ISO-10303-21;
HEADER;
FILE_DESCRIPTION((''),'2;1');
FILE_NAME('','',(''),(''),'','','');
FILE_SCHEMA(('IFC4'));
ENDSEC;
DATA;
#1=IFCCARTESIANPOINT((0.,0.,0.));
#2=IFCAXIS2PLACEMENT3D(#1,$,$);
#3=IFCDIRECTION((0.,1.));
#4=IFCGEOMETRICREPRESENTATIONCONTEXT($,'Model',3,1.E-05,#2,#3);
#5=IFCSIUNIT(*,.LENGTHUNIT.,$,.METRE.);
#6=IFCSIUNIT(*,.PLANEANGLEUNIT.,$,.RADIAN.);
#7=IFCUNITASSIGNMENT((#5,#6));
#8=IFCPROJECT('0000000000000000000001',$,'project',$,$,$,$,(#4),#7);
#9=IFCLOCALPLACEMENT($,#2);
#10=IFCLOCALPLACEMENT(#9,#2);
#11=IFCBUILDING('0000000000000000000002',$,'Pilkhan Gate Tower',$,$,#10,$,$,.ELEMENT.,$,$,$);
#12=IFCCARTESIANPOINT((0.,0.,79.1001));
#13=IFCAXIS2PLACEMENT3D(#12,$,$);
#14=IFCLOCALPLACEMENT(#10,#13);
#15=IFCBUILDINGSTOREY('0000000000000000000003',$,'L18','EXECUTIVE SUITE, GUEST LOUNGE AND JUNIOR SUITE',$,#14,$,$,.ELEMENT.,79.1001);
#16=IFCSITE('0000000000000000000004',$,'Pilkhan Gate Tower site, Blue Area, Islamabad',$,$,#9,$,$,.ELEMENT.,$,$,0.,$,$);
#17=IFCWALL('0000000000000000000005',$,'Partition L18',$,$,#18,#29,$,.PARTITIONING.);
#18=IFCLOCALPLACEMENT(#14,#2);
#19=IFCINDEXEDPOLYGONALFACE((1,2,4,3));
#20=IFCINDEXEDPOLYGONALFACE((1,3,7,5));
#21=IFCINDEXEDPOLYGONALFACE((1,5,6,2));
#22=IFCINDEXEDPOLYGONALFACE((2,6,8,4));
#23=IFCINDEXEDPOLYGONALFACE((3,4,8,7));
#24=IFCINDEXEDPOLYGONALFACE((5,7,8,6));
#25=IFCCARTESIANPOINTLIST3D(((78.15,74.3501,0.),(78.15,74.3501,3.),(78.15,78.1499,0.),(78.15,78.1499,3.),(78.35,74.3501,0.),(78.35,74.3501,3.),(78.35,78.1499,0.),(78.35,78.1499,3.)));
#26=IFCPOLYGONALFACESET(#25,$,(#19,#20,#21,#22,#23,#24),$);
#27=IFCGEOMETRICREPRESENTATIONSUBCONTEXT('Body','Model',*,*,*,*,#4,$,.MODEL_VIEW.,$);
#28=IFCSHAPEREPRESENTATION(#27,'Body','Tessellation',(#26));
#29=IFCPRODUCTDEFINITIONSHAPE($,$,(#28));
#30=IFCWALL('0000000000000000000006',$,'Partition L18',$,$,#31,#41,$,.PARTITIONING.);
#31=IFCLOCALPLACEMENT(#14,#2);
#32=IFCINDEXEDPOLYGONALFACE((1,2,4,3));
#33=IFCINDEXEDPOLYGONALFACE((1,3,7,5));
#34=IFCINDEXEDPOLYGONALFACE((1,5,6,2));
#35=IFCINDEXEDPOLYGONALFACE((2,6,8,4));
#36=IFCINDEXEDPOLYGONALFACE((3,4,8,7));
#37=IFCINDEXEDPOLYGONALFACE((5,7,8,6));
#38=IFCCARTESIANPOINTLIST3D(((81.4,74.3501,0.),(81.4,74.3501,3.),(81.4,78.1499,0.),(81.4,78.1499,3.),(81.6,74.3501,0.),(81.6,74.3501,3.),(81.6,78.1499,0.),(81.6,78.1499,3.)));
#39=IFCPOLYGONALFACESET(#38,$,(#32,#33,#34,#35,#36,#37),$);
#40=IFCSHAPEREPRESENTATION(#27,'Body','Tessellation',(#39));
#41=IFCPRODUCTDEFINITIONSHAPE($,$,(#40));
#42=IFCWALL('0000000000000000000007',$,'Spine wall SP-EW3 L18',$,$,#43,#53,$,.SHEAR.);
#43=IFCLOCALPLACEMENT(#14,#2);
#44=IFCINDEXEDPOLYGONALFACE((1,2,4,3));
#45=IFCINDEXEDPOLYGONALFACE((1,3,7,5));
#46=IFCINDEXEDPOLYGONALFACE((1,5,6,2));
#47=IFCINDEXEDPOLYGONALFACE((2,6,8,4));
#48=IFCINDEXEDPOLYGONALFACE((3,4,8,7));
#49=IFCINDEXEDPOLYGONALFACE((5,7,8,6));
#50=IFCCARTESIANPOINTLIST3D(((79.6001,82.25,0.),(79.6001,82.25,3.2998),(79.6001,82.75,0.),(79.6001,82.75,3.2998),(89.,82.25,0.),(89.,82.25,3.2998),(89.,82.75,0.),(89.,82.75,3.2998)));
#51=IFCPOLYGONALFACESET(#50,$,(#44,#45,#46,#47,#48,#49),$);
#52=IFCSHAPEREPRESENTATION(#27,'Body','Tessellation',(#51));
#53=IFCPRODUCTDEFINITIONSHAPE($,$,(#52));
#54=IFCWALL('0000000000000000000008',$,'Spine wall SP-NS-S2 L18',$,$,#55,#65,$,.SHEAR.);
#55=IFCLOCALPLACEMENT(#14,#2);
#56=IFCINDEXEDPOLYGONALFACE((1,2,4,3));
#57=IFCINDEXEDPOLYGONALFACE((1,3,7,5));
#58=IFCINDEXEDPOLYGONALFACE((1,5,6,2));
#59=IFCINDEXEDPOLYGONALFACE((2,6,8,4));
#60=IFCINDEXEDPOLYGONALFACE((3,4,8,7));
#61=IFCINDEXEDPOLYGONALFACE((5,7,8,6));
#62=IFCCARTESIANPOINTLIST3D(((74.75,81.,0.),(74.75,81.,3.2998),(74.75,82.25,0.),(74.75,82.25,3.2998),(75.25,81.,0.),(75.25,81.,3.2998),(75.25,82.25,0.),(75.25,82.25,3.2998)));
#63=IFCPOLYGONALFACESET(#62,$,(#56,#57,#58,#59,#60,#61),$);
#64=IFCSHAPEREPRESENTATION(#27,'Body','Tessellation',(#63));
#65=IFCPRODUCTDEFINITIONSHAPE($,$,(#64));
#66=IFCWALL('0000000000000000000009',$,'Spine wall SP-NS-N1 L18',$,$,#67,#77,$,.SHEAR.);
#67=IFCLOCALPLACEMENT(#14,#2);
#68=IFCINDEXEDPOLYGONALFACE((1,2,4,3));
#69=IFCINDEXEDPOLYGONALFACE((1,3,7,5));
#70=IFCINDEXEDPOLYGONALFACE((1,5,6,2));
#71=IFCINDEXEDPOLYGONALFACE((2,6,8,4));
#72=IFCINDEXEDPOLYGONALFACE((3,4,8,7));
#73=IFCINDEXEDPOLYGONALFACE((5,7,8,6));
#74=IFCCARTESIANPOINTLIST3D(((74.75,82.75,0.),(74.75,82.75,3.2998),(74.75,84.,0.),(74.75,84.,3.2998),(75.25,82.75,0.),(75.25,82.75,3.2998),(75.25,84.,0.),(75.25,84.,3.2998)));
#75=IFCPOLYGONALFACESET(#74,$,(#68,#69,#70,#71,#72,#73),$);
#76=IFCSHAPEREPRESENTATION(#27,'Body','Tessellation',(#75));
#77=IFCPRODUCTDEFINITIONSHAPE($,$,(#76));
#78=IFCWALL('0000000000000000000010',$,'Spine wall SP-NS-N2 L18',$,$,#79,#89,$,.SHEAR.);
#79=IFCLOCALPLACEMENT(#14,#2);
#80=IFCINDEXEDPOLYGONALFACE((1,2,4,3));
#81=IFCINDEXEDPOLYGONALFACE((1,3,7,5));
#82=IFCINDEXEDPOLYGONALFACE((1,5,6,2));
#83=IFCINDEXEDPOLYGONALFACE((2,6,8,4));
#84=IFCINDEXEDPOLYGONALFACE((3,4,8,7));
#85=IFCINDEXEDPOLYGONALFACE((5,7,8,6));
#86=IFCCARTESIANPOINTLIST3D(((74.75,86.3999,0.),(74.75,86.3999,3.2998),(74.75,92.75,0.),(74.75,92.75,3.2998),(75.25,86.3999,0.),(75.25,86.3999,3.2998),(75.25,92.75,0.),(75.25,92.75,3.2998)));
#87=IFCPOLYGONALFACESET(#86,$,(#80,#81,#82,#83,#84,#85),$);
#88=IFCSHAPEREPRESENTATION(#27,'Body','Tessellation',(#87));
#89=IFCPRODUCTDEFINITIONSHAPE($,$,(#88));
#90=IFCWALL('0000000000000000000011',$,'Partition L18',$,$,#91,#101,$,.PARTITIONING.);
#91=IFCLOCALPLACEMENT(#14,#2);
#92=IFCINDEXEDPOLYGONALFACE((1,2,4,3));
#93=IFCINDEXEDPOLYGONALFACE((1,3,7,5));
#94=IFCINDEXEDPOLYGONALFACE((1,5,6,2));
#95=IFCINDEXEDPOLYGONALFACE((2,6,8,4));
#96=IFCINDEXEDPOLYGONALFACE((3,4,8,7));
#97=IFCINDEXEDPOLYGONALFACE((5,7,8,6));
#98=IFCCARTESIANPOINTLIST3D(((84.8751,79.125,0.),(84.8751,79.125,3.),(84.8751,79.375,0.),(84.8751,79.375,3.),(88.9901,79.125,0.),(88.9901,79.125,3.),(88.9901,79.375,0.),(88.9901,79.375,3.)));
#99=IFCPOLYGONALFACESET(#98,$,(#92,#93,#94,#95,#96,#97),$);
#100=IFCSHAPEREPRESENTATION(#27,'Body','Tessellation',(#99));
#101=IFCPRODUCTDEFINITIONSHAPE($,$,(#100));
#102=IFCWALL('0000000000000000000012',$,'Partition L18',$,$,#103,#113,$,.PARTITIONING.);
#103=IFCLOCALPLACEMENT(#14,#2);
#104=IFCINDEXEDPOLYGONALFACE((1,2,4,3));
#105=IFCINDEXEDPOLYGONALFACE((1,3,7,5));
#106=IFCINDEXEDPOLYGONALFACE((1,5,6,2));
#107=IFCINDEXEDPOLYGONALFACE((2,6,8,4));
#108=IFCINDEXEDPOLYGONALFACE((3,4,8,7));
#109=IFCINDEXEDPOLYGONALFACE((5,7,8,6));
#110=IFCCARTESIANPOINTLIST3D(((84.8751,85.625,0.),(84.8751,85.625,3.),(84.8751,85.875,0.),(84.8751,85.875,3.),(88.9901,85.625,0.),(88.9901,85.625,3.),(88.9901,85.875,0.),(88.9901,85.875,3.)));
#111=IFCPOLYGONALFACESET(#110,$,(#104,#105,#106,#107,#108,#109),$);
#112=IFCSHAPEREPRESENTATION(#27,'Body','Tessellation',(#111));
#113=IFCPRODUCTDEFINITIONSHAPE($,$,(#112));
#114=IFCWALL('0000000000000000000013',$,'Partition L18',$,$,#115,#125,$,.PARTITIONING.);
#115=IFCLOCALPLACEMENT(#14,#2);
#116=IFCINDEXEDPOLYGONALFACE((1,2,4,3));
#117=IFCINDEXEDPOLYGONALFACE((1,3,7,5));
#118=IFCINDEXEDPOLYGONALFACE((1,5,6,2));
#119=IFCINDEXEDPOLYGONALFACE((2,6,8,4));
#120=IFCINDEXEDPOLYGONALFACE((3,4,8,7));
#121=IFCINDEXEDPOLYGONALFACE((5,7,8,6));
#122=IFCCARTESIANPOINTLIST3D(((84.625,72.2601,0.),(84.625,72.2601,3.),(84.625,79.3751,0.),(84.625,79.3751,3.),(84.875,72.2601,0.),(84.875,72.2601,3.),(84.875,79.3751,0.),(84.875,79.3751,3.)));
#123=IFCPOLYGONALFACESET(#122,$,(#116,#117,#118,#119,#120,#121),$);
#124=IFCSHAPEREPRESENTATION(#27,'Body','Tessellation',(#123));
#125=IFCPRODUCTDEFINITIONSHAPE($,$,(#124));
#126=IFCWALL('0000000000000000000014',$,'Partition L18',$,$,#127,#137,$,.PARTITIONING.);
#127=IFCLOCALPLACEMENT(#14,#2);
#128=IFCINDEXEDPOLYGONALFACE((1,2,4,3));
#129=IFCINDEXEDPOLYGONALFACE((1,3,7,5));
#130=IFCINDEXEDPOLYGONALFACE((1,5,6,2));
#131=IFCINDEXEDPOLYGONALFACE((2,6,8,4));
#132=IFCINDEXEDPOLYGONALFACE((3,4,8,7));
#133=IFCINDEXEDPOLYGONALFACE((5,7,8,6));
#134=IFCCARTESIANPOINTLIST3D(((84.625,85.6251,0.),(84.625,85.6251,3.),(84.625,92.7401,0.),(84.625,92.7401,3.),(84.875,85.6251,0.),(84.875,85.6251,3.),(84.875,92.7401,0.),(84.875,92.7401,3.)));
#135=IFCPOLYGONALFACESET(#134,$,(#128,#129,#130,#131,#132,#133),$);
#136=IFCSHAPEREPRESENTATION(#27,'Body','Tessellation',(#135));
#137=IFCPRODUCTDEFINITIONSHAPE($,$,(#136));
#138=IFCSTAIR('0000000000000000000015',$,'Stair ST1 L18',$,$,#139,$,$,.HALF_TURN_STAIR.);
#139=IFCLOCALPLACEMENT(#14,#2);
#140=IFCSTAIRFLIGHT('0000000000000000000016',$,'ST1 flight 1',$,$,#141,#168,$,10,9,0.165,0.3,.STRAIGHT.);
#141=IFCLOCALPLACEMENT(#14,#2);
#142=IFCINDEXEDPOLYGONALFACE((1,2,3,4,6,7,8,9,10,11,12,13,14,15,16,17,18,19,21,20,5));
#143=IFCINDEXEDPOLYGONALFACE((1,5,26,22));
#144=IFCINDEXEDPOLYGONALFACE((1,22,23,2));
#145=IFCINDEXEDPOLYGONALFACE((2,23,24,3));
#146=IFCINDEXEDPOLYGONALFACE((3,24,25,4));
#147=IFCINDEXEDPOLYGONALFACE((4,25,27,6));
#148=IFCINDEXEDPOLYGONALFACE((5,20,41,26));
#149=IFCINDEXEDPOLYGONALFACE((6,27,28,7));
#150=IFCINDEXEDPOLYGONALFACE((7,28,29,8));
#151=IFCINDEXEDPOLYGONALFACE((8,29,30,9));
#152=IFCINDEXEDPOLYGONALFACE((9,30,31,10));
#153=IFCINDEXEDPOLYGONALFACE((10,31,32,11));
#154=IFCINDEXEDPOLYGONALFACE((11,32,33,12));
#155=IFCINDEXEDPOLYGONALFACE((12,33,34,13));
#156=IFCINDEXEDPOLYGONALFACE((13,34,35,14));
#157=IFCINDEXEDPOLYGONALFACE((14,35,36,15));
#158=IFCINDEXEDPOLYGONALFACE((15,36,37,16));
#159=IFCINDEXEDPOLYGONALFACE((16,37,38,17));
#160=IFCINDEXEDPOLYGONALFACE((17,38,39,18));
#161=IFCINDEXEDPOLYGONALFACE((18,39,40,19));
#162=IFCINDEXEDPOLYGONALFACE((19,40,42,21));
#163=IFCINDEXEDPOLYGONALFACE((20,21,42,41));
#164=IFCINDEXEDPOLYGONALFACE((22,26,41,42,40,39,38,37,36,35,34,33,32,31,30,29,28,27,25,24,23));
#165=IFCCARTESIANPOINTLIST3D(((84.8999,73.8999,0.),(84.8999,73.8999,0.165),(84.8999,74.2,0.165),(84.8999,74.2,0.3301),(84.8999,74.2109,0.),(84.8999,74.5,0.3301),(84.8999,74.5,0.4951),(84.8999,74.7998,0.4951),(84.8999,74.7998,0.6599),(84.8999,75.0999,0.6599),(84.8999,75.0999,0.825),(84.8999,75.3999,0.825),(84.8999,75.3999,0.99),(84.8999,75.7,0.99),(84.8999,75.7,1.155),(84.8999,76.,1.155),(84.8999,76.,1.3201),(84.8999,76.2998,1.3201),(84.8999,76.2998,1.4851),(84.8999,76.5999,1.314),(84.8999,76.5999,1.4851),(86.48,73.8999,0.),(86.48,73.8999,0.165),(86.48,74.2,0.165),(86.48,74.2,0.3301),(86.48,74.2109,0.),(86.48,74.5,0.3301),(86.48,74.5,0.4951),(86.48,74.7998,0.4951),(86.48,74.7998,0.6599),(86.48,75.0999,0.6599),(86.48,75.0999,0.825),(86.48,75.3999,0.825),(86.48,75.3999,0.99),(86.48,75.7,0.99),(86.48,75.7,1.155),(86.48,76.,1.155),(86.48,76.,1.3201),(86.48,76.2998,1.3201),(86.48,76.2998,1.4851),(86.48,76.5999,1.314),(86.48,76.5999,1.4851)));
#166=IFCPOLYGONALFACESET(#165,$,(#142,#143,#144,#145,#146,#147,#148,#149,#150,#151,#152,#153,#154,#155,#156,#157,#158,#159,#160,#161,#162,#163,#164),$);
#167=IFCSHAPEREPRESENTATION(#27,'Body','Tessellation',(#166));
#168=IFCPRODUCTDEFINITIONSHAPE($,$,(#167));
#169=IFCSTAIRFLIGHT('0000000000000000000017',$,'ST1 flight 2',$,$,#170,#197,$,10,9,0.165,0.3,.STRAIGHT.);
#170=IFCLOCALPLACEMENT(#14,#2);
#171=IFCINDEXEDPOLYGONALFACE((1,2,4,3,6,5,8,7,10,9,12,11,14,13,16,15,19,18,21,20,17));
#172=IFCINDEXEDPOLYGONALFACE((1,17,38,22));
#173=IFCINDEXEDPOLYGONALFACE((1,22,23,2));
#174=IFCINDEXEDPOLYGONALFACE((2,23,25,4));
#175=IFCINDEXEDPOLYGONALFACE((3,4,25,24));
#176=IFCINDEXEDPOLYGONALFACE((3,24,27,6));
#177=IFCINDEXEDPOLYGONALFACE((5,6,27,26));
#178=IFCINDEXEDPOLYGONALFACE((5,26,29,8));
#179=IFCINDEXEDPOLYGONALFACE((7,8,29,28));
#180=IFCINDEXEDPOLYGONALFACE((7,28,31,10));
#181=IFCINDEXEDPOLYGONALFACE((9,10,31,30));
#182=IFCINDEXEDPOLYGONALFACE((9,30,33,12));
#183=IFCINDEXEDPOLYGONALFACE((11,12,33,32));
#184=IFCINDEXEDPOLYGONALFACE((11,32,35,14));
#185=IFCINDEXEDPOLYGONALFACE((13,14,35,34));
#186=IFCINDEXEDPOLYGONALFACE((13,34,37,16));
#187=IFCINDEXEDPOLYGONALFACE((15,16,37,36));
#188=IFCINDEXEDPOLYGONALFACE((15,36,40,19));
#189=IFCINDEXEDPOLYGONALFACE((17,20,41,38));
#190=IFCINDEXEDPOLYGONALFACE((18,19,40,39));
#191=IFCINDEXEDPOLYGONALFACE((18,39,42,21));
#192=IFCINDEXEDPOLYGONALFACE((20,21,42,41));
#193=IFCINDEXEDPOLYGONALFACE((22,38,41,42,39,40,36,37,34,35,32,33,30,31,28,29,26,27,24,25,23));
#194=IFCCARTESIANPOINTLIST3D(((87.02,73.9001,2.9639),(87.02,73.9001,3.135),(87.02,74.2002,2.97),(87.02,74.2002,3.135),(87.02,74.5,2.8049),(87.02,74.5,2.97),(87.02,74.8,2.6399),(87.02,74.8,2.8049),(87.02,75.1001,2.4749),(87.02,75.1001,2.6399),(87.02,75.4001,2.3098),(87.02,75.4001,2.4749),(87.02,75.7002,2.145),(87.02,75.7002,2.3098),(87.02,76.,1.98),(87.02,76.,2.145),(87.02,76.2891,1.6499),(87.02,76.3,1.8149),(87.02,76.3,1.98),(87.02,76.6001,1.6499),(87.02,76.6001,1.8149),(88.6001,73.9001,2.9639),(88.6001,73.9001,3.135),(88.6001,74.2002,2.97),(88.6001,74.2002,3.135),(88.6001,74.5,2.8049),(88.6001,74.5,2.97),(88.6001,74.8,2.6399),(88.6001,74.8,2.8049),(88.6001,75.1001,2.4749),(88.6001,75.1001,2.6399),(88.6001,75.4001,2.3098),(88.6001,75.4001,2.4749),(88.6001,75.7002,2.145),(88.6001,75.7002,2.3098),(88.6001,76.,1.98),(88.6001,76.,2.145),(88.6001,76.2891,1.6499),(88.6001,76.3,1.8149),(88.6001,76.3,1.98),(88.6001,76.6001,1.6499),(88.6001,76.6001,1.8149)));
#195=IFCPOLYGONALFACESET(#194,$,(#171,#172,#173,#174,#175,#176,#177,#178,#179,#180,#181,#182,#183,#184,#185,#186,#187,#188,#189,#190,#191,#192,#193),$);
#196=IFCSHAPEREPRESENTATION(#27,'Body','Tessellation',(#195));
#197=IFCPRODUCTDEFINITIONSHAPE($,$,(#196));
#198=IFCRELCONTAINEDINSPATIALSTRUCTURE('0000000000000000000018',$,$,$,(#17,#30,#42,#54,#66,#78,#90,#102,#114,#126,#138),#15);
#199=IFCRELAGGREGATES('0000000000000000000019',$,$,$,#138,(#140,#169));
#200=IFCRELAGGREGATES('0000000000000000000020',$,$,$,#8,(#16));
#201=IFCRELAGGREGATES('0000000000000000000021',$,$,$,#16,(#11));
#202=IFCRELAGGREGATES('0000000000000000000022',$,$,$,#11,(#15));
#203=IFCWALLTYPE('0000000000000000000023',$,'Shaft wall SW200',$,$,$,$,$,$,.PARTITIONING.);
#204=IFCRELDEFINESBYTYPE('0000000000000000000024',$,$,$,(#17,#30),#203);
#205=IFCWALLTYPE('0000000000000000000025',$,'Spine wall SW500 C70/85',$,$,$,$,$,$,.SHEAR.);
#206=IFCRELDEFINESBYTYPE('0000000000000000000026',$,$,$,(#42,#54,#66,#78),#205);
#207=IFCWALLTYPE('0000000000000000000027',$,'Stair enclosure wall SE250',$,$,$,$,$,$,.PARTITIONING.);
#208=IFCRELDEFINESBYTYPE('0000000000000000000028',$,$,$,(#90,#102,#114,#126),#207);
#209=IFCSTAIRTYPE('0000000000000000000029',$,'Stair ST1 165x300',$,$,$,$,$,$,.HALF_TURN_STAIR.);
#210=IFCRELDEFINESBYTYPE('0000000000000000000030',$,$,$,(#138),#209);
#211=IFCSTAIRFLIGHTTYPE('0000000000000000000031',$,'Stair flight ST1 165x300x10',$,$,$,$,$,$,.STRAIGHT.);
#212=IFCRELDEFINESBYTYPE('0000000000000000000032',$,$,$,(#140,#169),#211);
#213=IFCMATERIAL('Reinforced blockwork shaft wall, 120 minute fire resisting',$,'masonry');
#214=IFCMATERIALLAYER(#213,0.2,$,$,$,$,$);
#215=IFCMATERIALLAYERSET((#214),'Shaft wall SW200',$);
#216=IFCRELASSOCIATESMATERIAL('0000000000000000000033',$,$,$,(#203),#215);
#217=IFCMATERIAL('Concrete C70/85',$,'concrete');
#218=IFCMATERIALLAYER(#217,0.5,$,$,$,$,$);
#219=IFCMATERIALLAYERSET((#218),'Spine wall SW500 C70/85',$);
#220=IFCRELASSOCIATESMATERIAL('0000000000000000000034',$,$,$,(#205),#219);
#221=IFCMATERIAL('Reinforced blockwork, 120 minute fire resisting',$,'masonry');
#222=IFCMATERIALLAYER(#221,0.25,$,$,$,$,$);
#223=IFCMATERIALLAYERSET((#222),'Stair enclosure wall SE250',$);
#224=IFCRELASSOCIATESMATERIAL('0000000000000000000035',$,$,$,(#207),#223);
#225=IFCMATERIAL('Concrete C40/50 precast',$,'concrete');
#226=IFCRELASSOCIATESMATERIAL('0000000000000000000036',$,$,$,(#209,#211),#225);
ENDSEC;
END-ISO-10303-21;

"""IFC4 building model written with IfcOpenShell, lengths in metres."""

from ifc_helpers import new_model, si_unit, direction, frame, frame_2d, origin, place, context, subcontext, project, spatial, polyline, rectangle, outline, extrude, material, layer, layer_set, type_object, element, aggregate, save


model = new_model("IFC4")

# Units and contexts
model_context = context("Model", 3, precision=1e-05, world=origin(), true_north=direction((0.0, 1.0)))
body_context = subcontext(model_context, "Body", "Model", "MODEL_VIEW")
ifc_project = project(units=[si_unit("LENGTHUNIT", "METRE"), si_unit("PLANEANGLEUNIT", "RADIAN")], contexts=[model_context])

# Site, building, storey
site_placement = place(None, origin())
site = spatial("IfcSite", under=ifc_project, at=site_placement, Name="Pilkhan Gate Tower site, Blue Area, Islamabad", CompositionType="ELEMENT", RefElevation=0.0)
building_placement = place(site_placement, origin())
building = spatial("IfcBuilding", under=site, at=building_placement, Name="Pilkhan Gate Tower", CompositionType="ELEMENT")
storey_placement = place(building_placement, frame((0.0, 0.0, 79.1001)))
storey = spatial("IfcBuildingStorey", under=building, at=storey_placement, Name="L18", Description="EXECUTIVE SUITE, GUEST LOUNGE AND JUNIOR SUITE", CompositionType="ELEMENT", Elevation=79.1001)

# Shared definitions
ifc_material_1 = material(Name="Concrete C70/85", Category="concrete")

# Shared definitions
ifc_material_2 = material(Name="Reinforced blockwork shaft wall, 120 minute fire resisting", Category="masonry")
ifc_layer_1 = layer(ifc_material_2, 0.2)
ifc_layer_set_1 = layer_set([ifc_layer_1], Name="Shaft wall SW200")
wall_type_1 = type_object("IfcWallType", Name="Shaft wall SW200", PredefinedType="PARTITIONING", material=ifc_layer_set_1)

# Walls
for number, where, z_axis, x_axis, name in (
    (1, (78.25, 74.3501, 0.0), (0.0, 0.0, 1.0), (0.0, 1.0, 0.0), "Partition L18"),
    (2, (81.5, 74.3501, 0.0), (0.0, 0.0, 1.0), (0.0, 1.0, 0.0), "Partition L18"),
):
    element("IfcWall", number, at=place(storey_placement, frame(where, z_axis=z_axis, x_axis=x_axis)), inside=storey, type_object=wall_type_1, Name=name, PredefinedType="PARTITIONING", context=body_context, shape_type="SweptSolid", body=[
        extrude(rectangle(XDim=3.7998, YDim=0.2, at=frame_2d((1.8999, 0.0))), origin(), (0.0, 0.0, 1.0), 3.0),
    ])
ifc_layer_2 = layer(ifc_material_1, 0.5)
ifc_layer_set_2 = layer_set([ifc_layer_2], Name="Spine wall SW500 C70/85")
wall_type_2 = type_object("IfcWallType", Name="Spine wall SW500 C70/85", PredefinedType="SHEAR", material=ifc_layer_set_2)
wall_1_placement = place(storey_placement, frame((79.6001, 82.5, 0.0), z_axis=(0.0, 0.0, 1.0), x_axis=(1.0, 0.0, 0.0)))
element("IfcWall", 3, at=wall_1_placement, inside=storey, type_object=wall_type_2, Name="Spine wall SP-EW3 L18", PredefinedType="SHEAR", context=body_context, shape_type="SweptSolid", body=[
    extrude(rectangle(XDim=9.3999, YDim=0.5, at=frame_2d((4.7, 0.0))), origin(), (0.0, 0.0, 1.0), 3.2998),
])
for number, where, z_axis, x_axis, name in (
    (4, (75.0, 81.0, 0.0), (0.0, 0.0, 1.0), (0.0, 1.0, 0.0), "Spine wall SP-NS-S2 L18"),
    (5, (75.0, 82.75, 0.0), (0.0, 0.0, 1.0), (0.0, 1.0, 0.0), "Spine wall SP-NS-N1 L18"),
):
    element("IfcWall", number, at=place(storey_placement, frame(where, z_axis=z_axis, x_axis=x_axis)), inside=storey, type_object=wall_type_2, Name=name, PredefinedType="SHEAR", context=body_context, shape_type="SweptSolid", body=[
        extrude(rectangle(XDim=1.25, YDim=0.5, at=frame_2d((0.625, 0.0))), origin(), (0.0, 0.0, 1.0), 3.2998),
    ])
wall_2_placement = place(storey_placement, frame((75.0, 86.3999, 0.0), z_axis=(0.0, 0.0, 1.0), x_axis=(0.0, 1.0, 0.0)))
element("IfcWall", 6, at=wall_2_placement, inside=storey, type_object=wall_type_2, Name="Spine wall SP-NS-N2 L18", PredefinedType="SHEAR", context=body_context, shape_type="SweptSolid", body=[
    extrude(rectangle(XDim=6.3501, YDim=0.5, at=frame_2d((3.175, 0.0))), origin(), (0.0, 0.0, 1.0), 3.2998),
])
ifc_material_3 = material(Name="Reinforced blockwork, 120 minute fire resisting", Category="masonry")
ifc_layer_3 = layer(ifc_material_3, 0.25)
ifc_layer_set_3 = layer_set([ifc_layer_3], Name="Stair enclosure wall SE250")
wall_type_3 = type_object("IfcWallType", Name="Stair enclosure wall SE250", PredefinedType="PARTITIONING", material=ifc_layer_set_3)
for number, where, z_axis, x_axis, name in (
    (7, (84.875, 79.25, 0.0), (0.0, 0.0, 1.0), (1.0, 0.0, 0.0), "Partition L18"),
    (8, (84.875, 85.75, 0.0), (0.0, 0.0, 1.0), (1.0, 0.0, 0.0), "Partition L18"),
):
    element("IfcWall", number, at=place(storey_placement, frame(where, z_axis=z_axis, x_axis=x_axis)), inside=storey, type_object=wall_type_3, Name=name, PredefinedType="PARTITIONING", context=body_context, shape_type="SweptSolid", body=[
        extrude(rectangle(XDim=4.115, YDim=0.25, at=frame_2d((2.0576, 0.0))), origin(), (0.0, 0.0, 1.0), 3.0),
    ])
for number, where, z_axis, x_axis, name in (
    (9, (84.75, 72.26, 0.0), (0.0, 0.0, 1.0), (0.0, 1.0, 0.0), "Partition L18"),
    (10, (84.75, 85.625, 0.0), (0.0, 0.0, 1.0), (0.0, 1.0, 0.0), "Partition L18"),
):
    element("IfcWall", number, at=place(storey_placement, frame(where, z_axis=z_axis, x_axis=x_axis)), inside=storey, type_object=wall_type_3, Name=name, PredefinedType="PARTITIONING", context=body_context, shape_type="SweptSolid", body=[
        extrude(rectangle(XDim=7.115, YDim=0.25, at=frame_2d((3.5576, 0.0))), origin(), (0.0, 0.0, 1.0), 3.0),
    ])

# Stair, stair flights
ifc_material_4 = material(Name="Concrete C40/50 precast", Category="concrete")
stair_type_1 = type_object("IfcStairType", Name="Stair ST1 165x300", PredefinedType="HALF_TURN_STAIR", material=ifc_material_4)
stair_1_placement = place(storey_placement, origin())
stair_1 = element("IfcStair", 11, at=stair_1_placement, inside=storey, type_object=stair_type_1, Name="Stair ST1 L18", PredefinedType="HALF_TURN_STAIR")
stair_flight_type_1 = type_object("IfcStairFlightType", Name="Stair flight ST1 165x300x10", PredefinedType="STRAIGHT", material=ifc_material_4)
stair_flight_1_placement = place(storey_placement, frame((85.6899, 73.8999, 0.0), z_axis=(0.0, 0.0, 1.0), x_axis=(0.0, 1.0, 0.0)))
stair_flight_1 = element("IfcStairFlight", 12, at=stair_flight_1_placement, type_object=stair_flight_type_1, Name="ST1 flight 1", NumberOfRisers=10, NumberOfTreads=9, PredefinedType="STRAIGHT", RiserHeight=0.165, TreadLength=0.3, context=body_context, shape_type="SweptSolid", body=[
    extrude(outline(polyline([(0.0, 0.0), (0.0, 0.165), (0.3, 0.165), (0.3, 0.3301), (0.6001, 0.3301), (0.6001, 0.4951), (0.8999, 0.4951), (0.8999, 0.6599), (1.2, 0.6599), (1.2, 0.825), (1.5, 0.825), (1.5, 0.99), (1.8, 0.99), (1.8, 1.155), (2.1001, 1.155), (2.1001, 1.3201), (2.3999, 1.3201), (2.3999, 1.4851), (2.7, 1.4851), (2.7, 1.6499), (2.7, 1.314), (0.311, 0.0), (0.0, 0.0)])), frame((0.0, 0.79, 0.0), z_axis=(0.0, -1.0, 0.0), x_axis=(1.0, 0.0, 0.0)), (0.0, 0.0, 1.0), 1.5801),
])
stair_flight_2_placement = place(storey_placement, frame((87.8101, 76.6001, 1.6499), z_axis=(0.0, 0.0, 1.0), x_axis=(0.0, -1.0, 0.0)))
stair_flight_2 = element("IfcStairFlight", 13, at=stair_flight_2_placement, type_object=stair_flight_type_1, Name="ST1 flight 2", NumberOfRisers=10, NumberOfTreads=9, PredefinedType="STRAIGHT", RiserHeight=0.165, TreadLength=0.3, context=body_context, shape_type="SweptSolid", body=[
    extrude(outline(polyline([(0.0, 0.0), (0.0, 0.165), (0.3, 0.165), (0.3, 0.3301), (0.6001, 0.3301), (0.6001, 0.4951), (0.8999, 0.4951), (0.8999, 0.6599), (1.2, 0.6599), (1.2, 0.825), (1.5, 0.825), (1.5, 0.99), (1.8, 0.99), (1.8, 1.155), (2.1001, 1.155), (2.1001, 1.3201), (2.3999, 1.3201), (2.3999, 1.4851), (2.7, 1.4851), (2.7, 1.6499), (2.7, 1.314), (0.311, 0.0), (0.0, 0.0)])), frame((0.0, 0.79, 0.0), z_axis=(0.0, -1.0, 0.0), x_axis=(1.0, 0.0, 0.0)), (0.0, 0.0, 1.0), 1.5801),
])
aggregate(stair_1, [stair_flight_1, stair_flight_2])

save(model, "model.ifc")
